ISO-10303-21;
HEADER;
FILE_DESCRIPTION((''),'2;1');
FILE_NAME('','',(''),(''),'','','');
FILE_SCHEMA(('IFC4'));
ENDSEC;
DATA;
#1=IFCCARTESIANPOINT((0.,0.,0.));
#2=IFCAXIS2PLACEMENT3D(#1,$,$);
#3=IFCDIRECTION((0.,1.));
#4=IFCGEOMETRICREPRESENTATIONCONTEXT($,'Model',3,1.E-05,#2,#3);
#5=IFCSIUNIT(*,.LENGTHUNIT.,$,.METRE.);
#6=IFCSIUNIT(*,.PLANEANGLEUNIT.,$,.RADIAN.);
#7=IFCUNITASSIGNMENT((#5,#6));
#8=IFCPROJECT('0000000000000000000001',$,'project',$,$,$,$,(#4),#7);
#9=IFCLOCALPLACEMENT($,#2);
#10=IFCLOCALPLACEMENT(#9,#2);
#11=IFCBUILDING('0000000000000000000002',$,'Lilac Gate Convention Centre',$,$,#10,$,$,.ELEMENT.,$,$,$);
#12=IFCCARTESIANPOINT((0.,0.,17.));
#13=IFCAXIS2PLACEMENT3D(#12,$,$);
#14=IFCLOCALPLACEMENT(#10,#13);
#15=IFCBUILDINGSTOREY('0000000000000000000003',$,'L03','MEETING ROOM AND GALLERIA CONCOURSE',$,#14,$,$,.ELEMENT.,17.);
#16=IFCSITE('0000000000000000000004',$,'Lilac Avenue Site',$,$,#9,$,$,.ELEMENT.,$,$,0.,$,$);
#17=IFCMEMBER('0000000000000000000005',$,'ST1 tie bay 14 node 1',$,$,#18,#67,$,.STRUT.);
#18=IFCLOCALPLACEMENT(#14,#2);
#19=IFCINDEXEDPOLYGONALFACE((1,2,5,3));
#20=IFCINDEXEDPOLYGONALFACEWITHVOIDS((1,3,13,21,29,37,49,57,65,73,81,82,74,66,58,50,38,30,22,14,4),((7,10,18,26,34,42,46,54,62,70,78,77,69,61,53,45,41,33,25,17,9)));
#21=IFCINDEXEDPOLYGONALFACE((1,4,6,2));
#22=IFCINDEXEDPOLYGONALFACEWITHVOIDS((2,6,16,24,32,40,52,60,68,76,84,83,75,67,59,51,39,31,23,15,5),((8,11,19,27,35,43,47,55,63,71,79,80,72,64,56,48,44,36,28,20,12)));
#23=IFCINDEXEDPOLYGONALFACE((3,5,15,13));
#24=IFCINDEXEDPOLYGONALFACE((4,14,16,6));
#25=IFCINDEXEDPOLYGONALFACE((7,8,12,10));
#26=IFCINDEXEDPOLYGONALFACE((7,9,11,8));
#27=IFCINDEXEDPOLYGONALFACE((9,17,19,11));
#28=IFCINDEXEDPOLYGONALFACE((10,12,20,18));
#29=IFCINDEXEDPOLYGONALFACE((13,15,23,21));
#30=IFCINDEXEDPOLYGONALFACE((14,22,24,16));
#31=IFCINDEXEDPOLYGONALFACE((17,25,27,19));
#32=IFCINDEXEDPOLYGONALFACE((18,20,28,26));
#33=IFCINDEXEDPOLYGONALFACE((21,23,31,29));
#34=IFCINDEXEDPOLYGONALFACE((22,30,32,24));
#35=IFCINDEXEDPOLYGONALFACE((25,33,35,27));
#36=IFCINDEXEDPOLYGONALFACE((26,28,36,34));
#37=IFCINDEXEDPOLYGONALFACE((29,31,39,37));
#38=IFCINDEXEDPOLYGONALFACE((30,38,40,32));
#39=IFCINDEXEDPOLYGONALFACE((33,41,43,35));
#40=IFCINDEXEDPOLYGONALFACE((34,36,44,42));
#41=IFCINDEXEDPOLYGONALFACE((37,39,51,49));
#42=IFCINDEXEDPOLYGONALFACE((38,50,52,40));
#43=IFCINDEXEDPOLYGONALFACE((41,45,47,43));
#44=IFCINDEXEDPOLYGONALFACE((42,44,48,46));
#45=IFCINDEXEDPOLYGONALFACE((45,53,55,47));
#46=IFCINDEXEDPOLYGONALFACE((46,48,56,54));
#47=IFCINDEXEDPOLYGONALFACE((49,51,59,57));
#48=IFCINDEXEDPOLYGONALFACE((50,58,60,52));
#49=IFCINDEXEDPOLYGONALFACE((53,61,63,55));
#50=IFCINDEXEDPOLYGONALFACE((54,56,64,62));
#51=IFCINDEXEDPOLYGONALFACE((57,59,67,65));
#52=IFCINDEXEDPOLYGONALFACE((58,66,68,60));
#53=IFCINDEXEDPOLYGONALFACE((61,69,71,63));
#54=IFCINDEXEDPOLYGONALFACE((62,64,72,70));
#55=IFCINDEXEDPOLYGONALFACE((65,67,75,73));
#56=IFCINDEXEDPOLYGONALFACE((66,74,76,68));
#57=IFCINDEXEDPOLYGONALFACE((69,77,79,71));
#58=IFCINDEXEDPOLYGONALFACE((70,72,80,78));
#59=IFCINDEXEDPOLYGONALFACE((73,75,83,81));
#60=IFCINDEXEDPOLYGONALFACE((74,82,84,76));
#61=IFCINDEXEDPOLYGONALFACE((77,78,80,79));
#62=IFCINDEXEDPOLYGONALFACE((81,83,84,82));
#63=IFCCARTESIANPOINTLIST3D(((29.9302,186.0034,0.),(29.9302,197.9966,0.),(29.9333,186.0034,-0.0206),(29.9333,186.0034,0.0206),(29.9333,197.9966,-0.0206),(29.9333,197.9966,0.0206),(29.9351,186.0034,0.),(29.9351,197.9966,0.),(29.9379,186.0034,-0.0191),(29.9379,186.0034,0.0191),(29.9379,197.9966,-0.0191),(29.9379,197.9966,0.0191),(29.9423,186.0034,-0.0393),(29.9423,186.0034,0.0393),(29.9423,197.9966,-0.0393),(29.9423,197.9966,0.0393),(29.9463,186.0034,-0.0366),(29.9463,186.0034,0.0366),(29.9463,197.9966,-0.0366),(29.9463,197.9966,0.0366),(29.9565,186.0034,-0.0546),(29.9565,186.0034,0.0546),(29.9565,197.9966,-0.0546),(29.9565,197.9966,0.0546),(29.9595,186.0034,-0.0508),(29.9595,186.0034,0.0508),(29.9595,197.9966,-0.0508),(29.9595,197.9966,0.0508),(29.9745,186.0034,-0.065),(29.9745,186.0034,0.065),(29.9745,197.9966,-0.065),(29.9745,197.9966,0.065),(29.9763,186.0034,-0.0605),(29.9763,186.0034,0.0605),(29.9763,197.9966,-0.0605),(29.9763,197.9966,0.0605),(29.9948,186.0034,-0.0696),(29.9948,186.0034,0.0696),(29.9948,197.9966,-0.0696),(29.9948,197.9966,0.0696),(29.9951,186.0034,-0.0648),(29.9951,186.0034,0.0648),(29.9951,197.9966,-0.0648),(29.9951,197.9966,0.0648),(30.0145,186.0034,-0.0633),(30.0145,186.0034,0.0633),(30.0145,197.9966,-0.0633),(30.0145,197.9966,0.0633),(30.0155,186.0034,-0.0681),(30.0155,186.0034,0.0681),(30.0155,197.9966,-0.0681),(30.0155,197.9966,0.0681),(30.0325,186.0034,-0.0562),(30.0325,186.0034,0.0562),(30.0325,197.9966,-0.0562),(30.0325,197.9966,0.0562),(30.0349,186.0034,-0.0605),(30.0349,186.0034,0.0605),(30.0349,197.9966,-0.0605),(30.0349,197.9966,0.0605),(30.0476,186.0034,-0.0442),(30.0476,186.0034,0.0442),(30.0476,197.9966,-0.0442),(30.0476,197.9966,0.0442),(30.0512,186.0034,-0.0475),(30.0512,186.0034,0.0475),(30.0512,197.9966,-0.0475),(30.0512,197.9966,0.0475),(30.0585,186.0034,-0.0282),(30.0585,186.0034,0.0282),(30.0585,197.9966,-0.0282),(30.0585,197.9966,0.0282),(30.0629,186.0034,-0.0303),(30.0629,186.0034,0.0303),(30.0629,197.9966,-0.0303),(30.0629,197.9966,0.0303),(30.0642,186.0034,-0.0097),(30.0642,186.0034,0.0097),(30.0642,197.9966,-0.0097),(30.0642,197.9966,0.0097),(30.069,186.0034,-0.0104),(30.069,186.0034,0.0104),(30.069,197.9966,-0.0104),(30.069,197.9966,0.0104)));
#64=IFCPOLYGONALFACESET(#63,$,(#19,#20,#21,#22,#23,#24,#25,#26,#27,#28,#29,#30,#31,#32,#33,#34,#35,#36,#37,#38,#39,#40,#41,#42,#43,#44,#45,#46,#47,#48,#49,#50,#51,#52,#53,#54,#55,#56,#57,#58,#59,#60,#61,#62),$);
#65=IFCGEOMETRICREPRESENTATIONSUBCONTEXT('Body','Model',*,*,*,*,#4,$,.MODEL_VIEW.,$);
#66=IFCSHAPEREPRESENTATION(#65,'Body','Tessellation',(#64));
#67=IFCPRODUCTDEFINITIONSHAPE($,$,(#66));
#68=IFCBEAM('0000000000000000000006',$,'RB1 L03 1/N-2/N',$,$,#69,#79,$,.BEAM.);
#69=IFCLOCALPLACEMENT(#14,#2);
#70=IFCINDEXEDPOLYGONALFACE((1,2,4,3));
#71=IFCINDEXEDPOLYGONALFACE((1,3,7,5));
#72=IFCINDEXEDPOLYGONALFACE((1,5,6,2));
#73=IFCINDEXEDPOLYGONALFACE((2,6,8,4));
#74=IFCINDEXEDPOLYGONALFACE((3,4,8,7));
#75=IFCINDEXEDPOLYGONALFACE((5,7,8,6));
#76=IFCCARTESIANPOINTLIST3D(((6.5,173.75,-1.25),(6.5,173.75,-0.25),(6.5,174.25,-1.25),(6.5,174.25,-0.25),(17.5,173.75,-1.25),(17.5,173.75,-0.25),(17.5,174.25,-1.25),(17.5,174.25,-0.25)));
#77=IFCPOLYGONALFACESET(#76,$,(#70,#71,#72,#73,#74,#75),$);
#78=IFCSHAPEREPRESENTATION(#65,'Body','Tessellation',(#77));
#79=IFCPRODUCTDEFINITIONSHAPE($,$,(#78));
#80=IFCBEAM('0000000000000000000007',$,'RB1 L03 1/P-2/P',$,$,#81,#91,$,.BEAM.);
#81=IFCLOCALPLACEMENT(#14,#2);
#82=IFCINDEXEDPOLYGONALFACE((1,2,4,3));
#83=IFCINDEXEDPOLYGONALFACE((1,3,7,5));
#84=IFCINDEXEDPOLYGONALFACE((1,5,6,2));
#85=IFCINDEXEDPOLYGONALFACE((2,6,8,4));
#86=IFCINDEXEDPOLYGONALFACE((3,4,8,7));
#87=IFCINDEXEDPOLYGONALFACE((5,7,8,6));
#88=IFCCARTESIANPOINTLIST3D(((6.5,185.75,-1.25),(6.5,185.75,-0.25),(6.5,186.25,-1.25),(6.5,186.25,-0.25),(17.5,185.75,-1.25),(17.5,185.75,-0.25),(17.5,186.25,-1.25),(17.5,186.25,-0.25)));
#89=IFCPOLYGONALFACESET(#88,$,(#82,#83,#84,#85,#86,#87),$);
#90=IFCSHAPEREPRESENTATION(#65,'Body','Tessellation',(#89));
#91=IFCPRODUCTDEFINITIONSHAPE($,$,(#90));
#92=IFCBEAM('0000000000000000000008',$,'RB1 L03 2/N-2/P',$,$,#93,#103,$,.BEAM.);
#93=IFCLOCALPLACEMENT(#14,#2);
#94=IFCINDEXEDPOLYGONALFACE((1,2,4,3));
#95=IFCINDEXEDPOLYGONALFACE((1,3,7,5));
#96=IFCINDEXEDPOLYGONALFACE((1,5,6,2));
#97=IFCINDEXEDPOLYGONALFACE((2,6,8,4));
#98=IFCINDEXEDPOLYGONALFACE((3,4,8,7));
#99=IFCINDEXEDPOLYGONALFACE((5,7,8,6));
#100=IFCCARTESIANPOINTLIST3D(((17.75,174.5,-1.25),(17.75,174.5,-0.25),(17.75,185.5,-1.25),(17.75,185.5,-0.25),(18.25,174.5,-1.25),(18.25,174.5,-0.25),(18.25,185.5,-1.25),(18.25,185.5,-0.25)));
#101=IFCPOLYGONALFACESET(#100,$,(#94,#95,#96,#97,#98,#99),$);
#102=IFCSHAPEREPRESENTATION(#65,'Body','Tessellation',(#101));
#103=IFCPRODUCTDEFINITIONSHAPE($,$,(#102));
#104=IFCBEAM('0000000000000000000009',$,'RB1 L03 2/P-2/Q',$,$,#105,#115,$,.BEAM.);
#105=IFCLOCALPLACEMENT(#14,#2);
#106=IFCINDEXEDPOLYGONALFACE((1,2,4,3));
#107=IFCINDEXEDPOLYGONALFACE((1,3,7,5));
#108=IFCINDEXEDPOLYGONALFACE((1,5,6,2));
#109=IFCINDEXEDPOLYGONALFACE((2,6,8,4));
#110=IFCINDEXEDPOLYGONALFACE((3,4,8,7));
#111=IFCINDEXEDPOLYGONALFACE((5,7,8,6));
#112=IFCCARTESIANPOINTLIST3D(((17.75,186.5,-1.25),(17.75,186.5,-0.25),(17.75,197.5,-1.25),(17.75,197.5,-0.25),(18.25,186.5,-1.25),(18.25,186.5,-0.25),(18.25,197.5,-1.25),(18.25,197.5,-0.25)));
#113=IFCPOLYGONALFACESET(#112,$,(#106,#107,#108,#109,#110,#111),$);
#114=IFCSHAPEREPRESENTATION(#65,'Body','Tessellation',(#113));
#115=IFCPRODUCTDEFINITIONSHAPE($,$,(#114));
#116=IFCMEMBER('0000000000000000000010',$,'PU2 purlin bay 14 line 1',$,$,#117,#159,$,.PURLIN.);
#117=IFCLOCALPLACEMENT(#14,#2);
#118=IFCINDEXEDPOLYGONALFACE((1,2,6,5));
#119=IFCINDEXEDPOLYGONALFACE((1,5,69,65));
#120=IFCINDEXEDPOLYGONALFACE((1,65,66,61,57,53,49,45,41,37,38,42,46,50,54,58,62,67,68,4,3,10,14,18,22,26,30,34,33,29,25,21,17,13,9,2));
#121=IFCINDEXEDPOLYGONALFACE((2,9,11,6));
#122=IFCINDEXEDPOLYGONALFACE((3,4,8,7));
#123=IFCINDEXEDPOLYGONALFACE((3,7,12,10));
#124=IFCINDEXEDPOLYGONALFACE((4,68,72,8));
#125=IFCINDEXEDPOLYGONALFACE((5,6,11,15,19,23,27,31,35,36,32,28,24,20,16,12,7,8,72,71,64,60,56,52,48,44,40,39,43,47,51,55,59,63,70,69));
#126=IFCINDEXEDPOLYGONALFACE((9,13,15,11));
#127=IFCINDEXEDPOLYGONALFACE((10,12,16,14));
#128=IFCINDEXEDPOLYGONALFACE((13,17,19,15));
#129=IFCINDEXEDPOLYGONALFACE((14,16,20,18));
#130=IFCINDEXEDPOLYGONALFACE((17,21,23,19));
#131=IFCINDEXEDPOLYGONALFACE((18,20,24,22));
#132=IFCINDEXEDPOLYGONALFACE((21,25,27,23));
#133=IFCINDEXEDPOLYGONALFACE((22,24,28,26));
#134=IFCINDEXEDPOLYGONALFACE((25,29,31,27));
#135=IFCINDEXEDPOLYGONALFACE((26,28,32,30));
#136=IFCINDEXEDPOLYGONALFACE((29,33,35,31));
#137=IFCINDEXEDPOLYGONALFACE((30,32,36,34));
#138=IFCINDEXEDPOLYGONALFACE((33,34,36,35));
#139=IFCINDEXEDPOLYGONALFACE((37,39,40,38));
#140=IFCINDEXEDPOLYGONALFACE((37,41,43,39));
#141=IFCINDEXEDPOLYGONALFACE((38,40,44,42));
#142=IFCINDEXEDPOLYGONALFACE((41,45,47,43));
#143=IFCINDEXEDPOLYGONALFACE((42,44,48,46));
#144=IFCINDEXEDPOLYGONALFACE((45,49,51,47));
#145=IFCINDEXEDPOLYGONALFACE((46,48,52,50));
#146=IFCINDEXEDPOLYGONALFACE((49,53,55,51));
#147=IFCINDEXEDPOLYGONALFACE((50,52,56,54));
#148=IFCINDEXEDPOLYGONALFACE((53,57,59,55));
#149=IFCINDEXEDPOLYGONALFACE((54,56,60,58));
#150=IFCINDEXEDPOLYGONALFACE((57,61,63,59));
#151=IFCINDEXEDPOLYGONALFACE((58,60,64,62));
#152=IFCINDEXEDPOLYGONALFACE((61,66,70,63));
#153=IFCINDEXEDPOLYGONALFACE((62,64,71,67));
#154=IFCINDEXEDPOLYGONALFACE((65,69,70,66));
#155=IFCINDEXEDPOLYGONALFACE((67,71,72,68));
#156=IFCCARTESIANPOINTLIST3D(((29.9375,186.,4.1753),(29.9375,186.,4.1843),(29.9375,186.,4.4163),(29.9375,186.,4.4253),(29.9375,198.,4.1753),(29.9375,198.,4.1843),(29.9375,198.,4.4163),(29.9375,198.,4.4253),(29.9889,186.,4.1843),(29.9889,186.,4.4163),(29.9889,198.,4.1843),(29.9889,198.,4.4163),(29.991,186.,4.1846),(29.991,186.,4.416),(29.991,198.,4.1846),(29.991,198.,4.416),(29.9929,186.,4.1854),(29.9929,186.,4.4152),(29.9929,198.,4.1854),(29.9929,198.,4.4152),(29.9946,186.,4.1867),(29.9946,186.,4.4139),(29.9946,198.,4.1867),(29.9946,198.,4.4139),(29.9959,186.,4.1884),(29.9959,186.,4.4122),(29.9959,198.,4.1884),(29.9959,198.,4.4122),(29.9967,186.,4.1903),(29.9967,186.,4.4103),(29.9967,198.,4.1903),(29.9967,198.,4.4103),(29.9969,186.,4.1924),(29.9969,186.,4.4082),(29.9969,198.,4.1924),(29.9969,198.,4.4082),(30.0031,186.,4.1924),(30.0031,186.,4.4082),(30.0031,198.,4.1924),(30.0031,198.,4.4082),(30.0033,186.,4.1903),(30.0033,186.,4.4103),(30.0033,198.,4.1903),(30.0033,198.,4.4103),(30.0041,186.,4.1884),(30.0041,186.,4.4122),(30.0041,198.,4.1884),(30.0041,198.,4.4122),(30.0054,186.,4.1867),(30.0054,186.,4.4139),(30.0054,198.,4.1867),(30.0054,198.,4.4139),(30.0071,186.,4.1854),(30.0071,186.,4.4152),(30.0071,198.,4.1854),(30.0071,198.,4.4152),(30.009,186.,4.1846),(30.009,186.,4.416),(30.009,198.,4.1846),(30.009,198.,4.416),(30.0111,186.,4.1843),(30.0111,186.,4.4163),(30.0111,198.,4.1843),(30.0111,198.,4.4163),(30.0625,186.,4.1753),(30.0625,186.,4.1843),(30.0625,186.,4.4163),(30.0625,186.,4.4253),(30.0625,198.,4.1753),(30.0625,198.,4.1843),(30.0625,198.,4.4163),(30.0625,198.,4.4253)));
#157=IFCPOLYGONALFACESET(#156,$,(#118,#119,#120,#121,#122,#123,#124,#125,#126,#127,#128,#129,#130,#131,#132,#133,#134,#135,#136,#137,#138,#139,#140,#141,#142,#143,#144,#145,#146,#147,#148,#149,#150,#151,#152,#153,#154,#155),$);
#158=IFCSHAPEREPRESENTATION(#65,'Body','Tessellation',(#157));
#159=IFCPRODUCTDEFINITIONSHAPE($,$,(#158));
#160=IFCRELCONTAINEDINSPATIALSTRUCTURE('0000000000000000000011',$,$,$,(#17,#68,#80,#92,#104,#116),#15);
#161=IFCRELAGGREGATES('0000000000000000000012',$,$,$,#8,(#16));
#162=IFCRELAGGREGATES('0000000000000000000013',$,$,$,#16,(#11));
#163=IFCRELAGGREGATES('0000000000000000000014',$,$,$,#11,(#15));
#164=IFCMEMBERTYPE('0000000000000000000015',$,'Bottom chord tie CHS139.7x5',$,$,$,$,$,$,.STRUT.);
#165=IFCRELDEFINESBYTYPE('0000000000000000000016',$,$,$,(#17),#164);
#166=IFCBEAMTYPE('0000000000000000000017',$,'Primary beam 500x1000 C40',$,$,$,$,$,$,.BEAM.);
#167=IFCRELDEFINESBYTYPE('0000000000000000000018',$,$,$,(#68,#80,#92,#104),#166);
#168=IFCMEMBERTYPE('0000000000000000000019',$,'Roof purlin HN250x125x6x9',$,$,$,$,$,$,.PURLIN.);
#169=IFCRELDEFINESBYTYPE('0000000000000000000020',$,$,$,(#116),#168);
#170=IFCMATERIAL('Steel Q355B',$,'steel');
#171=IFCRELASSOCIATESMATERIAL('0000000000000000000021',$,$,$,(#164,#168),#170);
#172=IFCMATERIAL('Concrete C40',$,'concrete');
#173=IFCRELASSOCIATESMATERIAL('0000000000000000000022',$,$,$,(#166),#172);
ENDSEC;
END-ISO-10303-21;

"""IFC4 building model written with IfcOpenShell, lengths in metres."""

from ifc_helpers import new_model, si_unit, direction, frame, origin, origin_2d, place, context, subcontext, project, spatial, rectangle, hollow_circle, i_section, extrude, material, material_profile, profile_set, type_object, element, save


model = new_model("IFC4")

# Units and contexts
model_context = context("Model", 3, precision=1e-05, world=origin(), true_north=direction((0.0, 1.0)))
body_context = subcontext(model_context, "Body", "Model", "MODEL_VIEW")
ifc_project = project(units=[si_unit("LENGTHUNIT", "METRE"), si_unit("PLANEANGLEUNIT", "RADIAN")], contexts=[model_context])

# Site, building, storey
site_placement = place(None, origin())
site = spatial("IfcSite", under=ifc_project, at=site_placement, Name="Lilac Avenue Site", CompositionType="ELEMENT", RefElevation=0.0)
building_placement = place(site_placement, origin())
building = spatial("IfcBuilding", under=site, at=building_placement, Name="Lilac Gate Convention Centre", CompositionType="ELEMENT")
storey_placement = place(building_placement, frame((0.0, 0.0, 17.0)))
storey = spatial("IfcBuildingStorey", under=building, at=storey_placement, Name="L03", Description="MEETING ROOM AND GALLERIA CONCOURSE", CompositionType="ELEMENT", Elevation=17.0)

# Shared definitions
ifc_material_1 = material(Name="Concrete C40", Category="concrete")
ifc_material_2 = material(Name="Steel Q355B", Category="steel")

# Member
ifc_material_profile_1 = material_profile(ifc_material_2, hollow_circle(Radius=0.0698, WallThickness=0.0049, at=origin_2d()), Name="CHS139.7x5")
ifc_profile_set_1 = profile_set([ifc_material_profile_1], Name="Steel Q355B")
member_type_1 = type_object("IfcMemberType", Name="Bottom chord tie CHS139.7x5", PredefinedType="STRUT", material=ifc_profile_set_1)
for number, where, z_axis, x_axis, name in (
    (1, (30.0, 186.0034, 0.0), (0.0, 1.0, 0.0), (-1.0, 0.0, 0.0), "ST1 tie bay 14 node 1"),
):
    element("IfcMember", number, at=place(storey_placement, frame(where, z_axis=z_axis, x_axis=x_axis)), inside=storey, type_object=member_type_1, Name=name, PredefinedType="STRUT", context=body_context, shape_type="SweptSolid", body=[
        extrude(hollow_circle(Radius=0.0698, WallThickness=0.0049, at=origin_2d()), origin(), (0.0, 0.0, 1.0), 11.9932),
    ])

# Beams
ifc_material_profile_2 = material_profile(ifc_material_1, rectangle(XDim=0.5, YDim=1.0, at=origin_2d()), Name="RC 500x1000")
ifc_profile_set_2 = profile_set([ifc_material_profile_2], Name="Concrete C40")
beam_type_1 = type_object("IfcBeamType", Name="Primary beam 500x1000 C40", PredefinedType="BEAM", material=ifc_profile_set_2)
for number, where, z_axis, x_axis, name in (
    (2, (6.5, 174.0, -0.75), (1.0, 0.0, 0.0), (0.0, 1.0, 0.0), "RB1 L03 1/N-2/N"),
    (3, (6.5, 186.0, -0.75), (1.0, 0.0, 0.0), (0.0, 1.0, 0.0), "RB1 L03 1/P-2/P"),
    (4, (18.0, 174.5, -0.75), (0.0, 1.0, 0.0), (-1.0, 0.0, 0.0), "RB1 L03 2/N-2/P"),
    (5, (18.0, 186.5, -0.75), (0.0, 1.0, 0.0), (-1.0, 0.0, 0.0), "RB1 L03 2/P-2/Q"),
):
    element("IfcBeam", number, at=place(storey_placement, frame(where, z_axis=z_axis, x_axis=x_axis)), inside=storey, type_object=beam_type_1, Name=name, PredefinedType="BEAM", context=body_context, shape_type="SweptSolid", body=[
        extrude(rectangle(XDim=0.5, YDim=1.0, at=origin_2d()), origin(), (0.0, 0.0, 1.0), 11.0),
    ])

# Member
ifc_material_profile_3 = material_profile(ifc_material_2, i_section(OverallWidth=0.125, OverallDepth=0.25, WebThickness=0.0061, FlangeThickness=0.009, FilletRadius=0.0081, at=origin_2d()), Name="HN250x125x6x9")
ifc_profile_set_3 = profile_set([ifc_material_profile_3], Name="Steel Q355B")
member_type_2 = type_object("IfcMemberType", Name="Roof purlin HN250x125x6x9", PredefinedType="PURLIN", material=ifc_profile_set_3)
member_1_placement = place(storey_placement, frame((30.0, 186.0, 4.3003), z_axis=(0.0, 1.0, 0.0), x_axis=(-1.0, 0.0, 0.0)))
element("IfcMember", 6, at=member_1_placement, inside=storey, type_object=member_type_2, Name="PU2 purlin bay 14 line 1", PredefinedType="PURLIN", context=body_context, shape_type="SweptSolid", body=[
    extrude(i_section(OverallWidth=0.125, OverallDepth=0.25, WebThickness=0.0061, FlangeThickness=0.009, FilletRadius=0.0081, at=origin_2d()), origin(), (0.0, 0.0, 1.0), 12.0),
])

save(model, "model.ifc")
